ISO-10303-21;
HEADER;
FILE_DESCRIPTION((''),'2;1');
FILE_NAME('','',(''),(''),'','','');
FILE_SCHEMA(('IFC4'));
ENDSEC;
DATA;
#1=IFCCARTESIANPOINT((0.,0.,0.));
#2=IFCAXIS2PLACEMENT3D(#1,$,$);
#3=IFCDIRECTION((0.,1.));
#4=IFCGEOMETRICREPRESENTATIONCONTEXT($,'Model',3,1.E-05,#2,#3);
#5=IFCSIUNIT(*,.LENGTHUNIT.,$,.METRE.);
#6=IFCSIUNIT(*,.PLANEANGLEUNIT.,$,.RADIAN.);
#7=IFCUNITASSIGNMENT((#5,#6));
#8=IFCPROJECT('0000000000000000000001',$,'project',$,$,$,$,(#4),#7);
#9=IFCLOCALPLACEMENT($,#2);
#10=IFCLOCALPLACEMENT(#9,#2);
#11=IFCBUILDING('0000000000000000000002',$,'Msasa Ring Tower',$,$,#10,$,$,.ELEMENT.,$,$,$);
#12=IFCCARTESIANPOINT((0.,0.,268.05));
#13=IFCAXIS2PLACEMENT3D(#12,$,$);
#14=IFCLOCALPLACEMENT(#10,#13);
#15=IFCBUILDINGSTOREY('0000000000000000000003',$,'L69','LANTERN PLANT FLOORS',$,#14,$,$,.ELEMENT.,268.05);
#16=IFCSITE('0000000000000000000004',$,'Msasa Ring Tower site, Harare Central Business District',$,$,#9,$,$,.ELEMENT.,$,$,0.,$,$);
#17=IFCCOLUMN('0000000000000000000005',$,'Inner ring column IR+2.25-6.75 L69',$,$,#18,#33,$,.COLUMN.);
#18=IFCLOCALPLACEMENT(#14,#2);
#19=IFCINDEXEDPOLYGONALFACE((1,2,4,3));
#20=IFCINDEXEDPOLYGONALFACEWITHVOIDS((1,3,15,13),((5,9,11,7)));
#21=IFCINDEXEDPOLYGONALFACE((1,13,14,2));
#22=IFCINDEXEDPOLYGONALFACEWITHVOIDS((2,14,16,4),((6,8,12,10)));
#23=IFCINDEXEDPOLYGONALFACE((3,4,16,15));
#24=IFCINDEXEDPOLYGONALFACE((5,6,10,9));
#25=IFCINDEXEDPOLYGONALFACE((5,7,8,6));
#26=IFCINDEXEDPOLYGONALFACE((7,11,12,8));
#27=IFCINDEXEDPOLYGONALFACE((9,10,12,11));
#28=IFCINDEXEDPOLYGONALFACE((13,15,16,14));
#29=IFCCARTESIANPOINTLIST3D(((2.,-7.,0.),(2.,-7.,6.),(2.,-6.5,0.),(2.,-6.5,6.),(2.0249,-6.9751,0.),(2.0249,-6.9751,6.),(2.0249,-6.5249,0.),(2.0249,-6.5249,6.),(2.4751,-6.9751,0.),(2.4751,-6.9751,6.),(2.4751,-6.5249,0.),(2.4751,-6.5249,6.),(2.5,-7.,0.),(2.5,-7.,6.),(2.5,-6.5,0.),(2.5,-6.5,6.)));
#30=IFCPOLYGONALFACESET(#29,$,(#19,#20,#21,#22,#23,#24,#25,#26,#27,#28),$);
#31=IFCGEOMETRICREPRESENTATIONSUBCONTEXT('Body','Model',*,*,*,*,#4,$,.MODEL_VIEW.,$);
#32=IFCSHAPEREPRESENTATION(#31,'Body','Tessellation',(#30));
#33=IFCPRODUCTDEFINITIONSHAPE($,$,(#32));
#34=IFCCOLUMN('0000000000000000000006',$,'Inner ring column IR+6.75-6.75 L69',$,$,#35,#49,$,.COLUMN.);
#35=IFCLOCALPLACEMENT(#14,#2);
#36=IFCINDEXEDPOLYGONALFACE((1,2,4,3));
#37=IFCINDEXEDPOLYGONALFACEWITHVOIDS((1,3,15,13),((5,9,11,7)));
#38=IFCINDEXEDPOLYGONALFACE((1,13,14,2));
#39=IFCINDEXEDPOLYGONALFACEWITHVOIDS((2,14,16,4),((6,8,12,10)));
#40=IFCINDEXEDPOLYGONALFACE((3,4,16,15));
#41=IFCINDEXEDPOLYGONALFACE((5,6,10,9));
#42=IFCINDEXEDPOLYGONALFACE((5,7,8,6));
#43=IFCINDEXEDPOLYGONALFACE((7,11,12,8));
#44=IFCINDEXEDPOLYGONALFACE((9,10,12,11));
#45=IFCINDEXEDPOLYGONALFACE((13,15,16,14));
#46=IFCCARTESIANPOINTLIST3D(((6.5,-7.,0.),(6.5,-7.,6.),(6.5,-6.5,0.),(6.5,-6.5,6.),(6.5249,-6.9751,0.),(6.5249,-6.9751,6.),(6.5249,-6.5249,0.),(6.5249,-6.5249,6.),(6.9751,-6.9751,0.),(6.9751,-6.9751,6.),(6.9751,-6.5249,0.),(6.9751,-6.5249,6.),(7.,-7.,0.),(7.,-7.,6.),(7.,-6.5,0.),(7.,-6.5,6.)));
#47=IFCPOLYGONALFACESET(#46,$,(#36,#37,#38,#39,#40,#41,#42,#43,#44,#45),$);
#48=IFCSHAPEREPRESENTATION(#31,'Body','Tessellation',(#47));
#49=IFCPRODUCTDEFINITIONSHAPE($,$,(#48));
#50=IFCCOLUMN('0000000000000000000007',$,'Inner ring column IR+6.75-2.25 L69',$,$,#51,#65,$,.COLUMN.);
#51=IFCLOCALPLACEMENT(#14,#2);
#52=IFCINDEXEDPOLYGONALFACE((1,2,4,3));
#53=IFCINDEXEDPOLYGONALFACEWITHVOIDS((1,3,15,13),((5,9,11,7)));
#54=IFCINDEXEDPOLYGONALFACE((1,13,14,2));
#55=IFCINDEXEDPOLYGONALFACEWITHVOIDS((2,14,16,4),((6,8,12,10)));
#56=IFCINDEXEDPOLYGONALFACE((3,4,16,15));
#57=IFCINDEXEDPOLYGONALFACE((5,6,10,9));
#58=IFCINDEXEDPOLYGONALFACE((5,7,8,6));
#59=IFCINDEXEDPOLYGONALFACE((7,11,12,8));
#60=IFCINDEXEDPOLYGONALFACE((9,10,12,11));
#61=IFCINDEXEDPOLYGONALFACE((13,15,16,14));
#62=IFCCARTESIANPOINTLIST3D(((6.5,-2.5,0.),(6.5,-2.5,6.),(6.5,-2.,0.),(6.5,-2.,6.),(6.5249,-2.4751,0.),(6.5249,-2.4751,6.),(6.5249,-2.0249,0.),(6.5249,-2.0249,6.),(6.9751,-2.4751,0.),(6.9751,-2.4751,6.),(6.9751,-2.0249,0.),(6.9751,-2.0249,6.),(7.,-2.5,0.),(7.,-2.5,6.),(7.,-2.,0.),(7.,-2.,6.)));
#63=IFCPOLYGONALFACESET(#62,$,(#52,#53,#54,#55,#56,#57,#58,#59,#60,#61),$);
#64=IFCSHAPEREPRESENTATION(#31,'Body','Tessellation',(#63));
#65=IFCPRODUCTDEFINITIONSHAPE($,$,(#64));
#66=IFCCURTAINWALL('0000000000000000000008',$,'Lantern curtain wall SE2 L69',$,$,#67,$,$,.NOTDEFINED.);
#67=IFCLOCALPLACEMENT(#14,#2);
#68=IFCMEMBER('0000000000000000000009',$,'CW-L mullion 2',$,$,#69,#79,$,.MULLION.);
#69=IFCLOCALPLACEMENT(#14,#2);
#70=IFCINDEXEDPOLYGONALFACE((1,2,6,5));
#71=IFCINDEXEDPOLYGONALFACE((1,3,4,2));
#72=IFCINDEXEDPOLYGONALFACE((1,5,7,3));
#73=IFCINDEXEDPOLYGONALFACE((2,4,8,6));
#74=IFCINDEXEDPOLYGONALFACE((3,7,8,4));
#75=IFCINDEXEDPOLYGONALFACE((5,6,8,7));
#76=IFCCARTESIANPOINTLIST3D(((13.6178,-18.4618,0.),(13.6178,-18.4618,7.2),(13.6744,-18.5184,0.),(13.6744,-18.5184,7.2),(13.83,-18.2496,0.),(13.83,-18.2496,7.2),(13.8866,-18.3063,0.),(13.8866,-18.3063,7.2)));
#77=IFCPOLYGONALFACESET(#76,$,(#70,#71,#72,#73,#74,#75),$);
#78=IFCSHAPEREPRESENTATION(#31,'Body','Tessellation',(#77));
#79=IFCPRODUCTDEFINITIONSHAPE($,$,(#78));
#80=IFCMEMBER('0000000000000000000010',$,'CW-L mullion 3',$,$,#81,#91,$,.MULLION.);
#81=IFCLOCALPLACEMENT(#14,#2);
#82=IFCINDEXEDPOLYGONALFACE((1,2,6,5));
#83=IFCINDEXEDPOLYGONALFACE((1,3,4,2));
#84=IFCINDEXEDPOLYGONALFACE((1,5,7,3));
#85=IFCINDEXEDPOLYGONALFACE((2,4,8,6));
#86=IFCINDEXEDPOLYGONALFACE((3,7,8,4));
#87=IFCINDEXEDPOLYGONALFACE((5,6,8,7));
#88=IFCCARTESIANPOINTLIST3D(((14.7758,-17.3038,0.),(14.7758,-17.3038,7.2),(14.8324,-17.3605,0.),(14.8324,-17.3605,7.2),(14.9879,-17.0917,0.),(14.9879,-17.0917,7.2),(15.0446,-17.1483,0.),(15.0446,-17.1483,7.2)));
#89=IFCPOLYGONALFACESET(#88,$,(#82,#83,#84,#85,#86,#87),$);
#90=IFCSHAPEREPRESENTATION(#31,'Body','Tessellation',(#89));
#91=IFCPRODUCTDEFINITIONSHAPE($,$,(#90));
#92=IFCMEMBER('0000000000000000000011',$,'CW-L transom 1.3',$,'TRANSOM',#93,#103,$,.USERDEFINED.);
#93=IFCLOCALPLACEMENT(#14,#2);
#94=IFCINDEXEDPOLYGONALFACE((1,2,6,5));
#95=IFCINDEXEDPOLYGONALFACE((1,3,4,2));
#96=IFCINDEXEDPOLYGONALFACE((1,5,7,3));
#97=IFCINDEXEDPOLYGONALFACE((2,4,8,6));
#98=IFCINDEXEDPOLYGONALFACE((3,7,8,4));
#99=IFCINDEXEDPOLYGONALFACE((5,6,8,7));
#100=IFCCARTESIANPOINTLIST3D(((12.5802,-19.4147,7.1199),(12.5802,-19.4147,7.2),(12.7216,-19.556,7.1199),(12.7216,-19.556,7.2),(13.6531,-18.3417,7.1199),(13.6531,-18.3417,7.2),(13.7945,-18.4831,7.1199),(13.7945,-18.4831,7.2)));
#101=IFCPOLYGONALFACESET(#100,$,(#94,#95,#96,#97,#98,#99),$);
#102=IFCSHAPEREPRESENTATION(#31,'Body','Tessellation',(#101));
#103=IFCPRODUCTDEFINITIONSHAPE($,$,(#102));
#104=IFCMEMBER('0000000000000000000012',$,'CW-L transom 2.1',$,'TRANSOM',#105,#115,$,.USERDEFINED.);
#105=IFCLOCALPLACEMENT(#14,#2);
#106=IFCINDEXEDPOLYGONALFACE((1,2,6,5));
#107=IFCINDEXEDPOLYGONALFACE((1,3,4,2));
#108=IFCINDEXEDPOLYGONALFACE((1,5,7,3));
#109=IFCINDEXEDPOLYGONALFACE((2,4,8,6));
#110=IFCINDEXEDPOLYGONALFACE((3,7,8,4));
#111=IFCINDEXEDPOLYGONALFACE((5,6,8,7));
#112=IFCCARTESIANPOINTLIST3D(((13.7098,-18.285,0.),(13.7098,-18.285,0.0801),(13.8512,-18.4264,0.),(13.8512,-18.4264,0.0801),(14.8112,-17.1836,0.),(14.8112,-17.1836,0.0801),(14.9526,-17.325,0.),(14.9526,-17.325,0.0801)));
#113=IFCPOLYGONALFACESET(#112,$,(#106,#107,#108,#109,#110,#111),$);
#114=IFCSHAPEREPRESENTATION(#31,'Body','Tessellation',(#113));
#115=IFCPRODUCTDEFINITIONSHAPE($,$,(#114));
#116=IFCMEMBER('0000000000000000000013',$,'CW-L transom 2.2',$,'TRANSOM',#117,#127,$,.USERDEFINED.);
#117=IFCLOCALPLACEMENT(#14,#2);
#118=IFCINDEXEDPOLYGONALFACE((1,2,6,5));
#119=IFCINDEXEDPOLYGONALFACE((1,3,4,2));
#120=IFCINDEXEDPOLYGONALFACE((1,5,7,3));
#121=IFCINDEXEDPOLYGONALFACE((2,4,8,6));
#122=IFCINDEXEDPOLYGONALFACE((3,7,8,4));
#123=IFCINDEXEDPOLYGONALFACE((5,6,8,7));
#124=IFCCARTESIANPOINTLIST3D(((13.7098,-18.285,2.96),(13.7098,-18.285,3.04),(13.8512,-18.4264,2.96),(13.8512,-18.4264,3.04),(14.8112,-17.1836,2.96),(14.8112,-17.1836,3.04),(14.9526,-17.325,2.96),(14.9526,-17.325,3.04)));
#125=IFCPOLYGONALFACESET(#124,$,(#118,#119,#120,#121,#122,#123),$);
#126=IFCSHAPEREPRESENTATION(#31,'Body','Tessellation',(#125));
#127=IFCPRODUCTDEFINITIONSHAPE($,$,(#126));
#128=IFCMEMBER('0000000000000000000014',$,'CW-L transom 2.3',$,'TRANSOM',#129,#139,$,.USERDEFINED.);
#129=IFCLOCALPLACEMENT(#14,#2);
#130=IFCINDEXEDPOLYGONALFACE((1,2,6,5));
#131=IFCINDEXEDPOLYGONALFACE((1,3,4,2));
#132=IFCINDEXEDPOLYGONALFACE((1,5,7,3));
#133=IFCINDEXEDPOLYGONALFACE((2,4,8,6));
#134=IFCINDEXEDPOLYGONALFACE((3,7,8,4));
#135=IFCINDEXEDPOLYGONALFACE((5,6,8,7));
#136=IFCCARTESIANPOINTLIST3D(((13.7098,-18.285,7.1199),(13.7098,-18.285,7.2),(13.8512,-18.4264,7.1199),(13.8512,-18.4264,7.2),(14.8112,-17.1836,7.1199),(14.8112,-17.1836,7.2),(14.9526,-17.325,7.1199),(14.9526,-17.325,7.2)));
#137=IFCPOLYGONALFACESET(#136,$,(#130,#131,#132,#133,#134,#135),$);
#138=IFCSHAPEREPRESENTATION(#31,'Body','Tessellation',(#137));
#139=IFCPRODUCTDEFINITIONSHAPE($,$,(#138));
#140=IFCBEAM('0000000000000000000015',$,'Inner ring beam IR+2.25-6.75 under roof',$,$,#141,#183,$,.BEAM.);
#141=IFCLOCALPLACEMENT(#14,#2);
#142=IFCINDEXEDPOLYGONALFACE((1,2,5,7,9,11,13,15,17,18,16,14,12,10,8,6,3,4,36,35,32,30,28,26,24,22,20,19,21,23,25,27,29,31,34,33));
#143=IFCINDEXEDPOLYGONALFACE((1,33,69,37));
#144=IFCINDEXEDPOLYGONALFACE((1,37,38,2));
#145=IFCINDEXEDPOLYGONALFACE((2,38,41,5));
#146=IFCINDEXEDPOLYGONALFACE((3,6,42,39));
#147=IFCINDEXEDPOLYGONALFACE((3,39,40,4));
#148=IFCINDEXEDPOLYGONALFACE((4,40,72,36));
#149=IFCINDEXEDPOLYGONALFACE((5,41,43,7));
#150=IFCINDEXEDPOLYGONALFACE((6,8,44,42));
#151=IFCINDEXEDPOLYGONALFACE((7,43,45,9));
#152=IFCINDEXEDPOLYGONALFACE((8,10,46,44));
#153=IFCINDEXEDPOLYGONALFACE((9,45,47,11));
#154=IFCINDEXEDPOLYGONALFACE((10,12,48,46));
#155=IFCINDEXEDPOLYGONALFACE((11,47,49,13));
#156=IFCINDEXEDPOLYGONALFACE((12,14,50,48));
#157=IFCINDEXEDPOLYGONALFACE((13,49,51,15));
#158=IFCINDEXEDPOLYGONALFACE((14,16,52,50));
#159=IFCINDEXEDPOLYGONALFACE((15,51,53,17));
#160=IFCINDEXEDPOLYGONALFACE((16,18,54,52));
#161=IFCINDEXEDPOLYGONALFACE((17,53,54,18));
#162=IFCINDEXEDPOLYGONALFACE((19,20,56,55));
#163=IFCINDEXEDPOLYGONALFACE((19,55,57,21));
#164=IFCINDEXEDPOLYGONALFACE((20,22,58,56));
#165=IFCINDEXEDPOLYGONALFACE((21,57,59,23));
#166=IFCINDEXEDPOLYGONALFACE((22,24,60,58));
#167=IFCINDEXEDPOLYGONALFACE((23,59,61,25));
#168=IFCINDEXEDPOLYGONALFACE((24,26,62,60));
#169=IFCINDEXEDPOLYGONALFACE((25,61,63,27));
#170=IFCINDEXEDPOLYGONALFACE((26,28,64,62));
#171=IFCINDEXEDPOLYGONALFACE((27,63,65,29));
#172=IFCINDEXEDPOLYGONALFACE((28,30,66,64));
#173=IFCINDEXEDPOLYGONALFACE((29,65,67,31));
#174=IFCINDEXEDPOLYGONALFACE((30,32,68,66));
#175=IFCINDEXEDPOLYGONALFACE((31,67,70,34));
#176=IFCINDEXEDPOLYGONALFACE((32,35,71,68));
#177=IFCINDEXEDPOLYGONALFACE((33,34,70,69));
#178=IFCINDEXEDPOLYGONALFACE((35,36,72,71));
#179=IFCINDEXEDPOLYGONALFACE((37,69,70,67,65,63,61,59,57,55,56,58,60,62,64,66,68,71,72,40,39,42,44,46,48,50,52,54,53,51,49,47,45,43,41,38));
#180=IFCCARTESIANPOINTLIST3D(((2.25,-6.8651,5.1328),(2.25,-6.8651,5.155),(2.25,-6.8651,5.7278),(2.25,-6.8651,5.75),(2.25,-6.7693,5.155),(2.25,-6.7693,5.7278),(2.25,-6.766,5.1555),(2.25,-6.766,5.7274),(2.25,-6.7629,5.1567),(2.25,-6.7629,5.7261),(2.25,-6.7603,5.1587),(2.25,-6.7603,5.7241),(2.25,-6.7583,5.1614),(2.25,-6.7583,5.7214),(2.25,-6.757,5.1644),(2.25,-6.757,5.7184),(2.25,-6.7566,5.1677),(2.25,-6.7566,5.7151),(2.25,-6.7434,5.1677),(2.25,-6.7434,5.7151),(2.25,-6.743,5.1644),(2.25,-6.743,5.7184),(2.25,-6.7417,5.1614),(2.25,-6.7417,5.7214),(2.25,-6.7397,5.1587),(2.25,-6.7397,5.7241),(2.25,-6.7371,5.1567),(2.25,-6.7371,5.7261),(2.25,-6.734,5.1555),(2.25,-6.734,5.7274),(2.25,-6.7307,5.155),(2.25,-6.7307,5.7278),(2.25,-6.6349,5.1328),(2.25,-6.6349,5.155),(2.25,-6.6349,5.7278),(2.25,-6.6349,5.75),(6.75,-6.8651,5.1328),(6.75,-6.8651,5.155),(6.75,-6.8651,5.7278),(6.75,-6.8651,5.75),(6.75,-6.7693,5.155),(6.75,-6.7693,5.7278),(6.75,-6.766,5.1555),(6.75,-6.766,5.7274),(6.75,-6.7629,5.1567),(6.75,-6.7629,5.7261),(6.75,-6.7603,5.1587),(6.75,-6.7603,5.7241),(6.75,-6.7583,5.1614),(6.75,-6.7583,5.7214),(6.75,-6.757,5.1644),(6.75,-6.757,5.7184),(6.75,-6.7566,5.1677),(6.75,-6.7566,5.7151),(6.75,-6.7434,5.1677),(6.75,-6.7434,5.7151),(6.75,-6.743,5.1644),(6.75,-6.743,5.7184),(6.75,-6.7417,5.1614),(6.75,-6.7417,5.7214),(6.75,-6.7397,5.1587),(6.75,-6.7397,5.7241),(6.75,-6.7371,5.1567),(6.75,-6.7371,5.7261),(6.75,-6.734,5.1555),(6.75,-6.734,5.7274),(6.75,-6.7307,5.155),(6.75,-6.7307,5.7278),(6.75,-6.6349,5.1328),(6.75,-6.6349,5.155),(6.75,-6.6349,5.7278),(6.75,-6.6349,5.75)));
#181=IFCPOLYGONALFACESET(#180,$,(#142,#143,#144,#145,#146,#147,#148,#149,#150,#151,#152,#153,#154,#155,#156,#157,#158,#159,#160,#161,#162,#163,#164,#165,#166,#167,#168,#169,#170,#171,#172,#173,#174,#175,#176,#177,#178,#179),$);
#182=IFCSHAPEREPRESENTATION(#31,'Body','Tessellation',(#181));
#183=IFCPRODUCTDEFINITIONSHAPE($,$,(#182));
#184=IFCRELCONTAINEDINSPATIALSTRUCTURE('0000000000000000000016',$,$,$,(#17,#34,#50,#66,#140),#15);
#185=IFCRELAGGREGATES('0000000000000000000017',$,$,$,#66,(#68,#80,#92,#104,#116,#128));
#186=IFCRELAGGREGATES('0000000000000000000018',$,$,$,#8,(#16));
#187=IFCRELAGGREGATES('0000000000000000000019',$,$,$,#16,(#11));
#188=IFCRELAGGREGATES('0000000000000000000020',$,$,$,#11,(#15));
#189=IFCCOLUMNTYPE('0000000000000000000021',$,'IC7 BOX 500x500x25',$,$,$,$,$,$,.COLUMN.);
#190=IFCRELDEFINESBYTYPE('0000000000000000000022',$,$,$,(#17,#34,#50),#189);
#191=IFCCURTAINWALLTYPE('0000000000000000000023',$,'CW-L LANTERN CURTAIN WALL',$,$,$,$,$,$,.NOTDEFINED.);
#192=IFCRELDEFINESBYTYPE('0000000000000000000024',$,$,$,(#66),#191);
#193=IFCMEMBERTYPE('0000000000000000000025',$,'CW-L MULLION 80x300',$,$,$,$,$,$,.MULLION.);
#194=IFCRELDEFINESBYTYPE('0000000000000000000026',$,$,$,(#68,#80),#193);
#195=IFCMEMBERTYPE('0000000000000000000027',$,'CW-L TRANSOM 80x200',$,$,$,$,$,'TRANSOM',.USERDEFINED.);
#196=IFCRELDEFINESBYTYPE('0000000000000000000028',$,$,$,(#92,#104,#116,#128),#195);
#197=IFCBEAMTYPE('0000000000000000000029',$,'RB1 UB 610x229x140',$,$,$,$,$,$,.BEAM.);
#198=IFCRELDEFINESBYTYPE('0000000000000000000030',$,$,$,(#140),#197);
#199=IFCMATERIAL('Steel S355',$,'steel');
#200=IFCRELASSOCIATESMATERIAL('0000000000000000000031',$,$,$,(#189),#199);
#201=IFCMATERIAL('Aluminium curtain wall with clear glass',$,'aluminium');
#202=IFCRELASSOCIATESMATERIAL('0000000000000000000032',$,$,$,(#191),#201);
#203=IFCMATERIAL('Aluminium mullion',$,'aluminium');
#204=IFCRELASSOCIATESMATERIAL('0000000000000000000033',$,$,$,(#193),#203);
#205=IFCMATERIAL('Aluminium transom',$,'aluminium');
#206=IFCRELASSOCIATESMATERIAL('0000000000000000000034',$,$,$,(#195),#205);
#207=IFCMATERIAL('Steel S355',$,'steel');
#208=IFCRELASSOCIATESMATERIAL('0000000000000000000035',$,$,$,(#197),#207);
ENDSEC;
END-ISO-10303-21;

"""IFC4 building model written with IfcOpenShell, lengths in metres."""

from ifc_helpers import new_model, si_unit, direction, frame, origin, origin_2d, place, context, subcontext, project, spatial, rectangle, hollow_rectangle, i_section, extrude, material, material_profile, profile_set, type_object, element, aggregate, save


model = new_model("IFC4")

# Units and contexts
model_context = context("Model", 3, precision=1e-05, world=origin(), true_north=direction((0.0, 1.0)))
body_context = subcontext(model_context, "Body", "Model", "MODEL_VIEW")
ifc_project = project(units=[si_unit("LENGTHUNIT", "METRE"), si_unit("PLANEANGLEUNIT", "RADIAN")], contexts=[model_context])

# Site, building, storey
site_placement = place(None, origin())
site = spatial("IfcSite", under=ifc_project, at=site_placement, Name="Msasa Ring Tower site, Harare Central Business District", CompositionType="ELEMENT", RefElevation=0.0)
building_placement = place(site_placement, origin())
building = spatial("IfcBuilding", under=site, at=building_placement, Name="Msasa Ring Tower", CompositionType="ELEMENT")
storey_placement = place(building_placement, frame((0.0, 0.0, 268.05)))
storey = spatial("IfcBuildingStorey", under=building, at=storey_placement, Name="L69", Description="LANTERN PLANT FLOORS", CompositionType="ELEMENT", Elevation=268.05)

# Columns
ifc_material_1 = material(Name="Steel S355", Category="steel")
ifc_material_profile_1 = material_profile(ifc_material_1, hollow_rectangle(XDim=0.5, YDim=0.5, WallThickness=0.0249, at=origin_2d()), Name="BOX 500x500x25")
ifc_profile_set_1 = profile_set([ifc_material_profile_1], Name="Steel S355")
column_type = type_object("IfcColumnType", Name="IC7 BOX 500x500x25", PredefinedType="COLUMN", material=ifc_profile_set_1)
for number, where, z_axis, x_axis, name in (
    (1, (2.25, -6.75, 0.0), (0.0, 0.0, 1.0), (1.0, 0.0, 0.0), "Inner ring column IR+2.25-6.75 L69"),
    (2, (6.75, -6.75, 0.0), (0.0, 0.0, 1.0), (1.0, 0.0, 0.0), "Inner ring column IR+6.75-6.75 L69"),
    (3, (6.75, -2.25, 0.0), (0.0, 0.0, 1.0), (1.0, 0.0, 0.0), "Inner ring column IR+6.75-2.25 L69"),
):
    element("IfcColumn", number, at=place(storey_placement, frame(where, z_axis=z_axis, x_axis=x_axis)), inside=storey, type_object=column_type, Name=name, PredefinedType="COLUMN", context=body_context, shape_type="SweptSolid", body=[
        extrude(hollow_rectangle(XDim=0.5, YDim=0.5, WallThickness=0.0249, at=origin_2d()), origin(), (0.0, 0.0, 1.0), 6.0),
    ])

# Curtain wall, members
ifc_material_2 = material(Name="Aluminium curtain wall with clear glass", Category="aluminium")
curtain_wall_type = type_object("IfcCurtainWallType", Name="CW-L LANTERN CURTAIN WALL", PredefinedType="NOTDEFINED", material=ifc_material_2)
curtain_wall_placement = place(storey_placement, origin())
curtain_wall = element("IfcCurtainWall", 4, at=curtain_wall_placement, inside=storey, type_object=curtain_wall_type, Name="Lantern curtain wall SE2 L69", PredefinedType="NOTDEFINED")
ifc_material_3 = material(Name="Aluminium mullion", Category="aluminium")
ifc_material_profile_2 = material_profile(ifc_material_3, rectangle(XDim=0.0801, YDim=0.3, at=origin_2d()), Name="AL 80x300")
ifc_profile_set_2 = profile_set([ifc_material_profile_2], Name="Aluminium mullion")
member_type_1 = type_object("IfcMemberType", Name="CW-L MULLION 80x300", PredefinedType="MULLION", material=ifc_profile_set_2)
member_1_placement = place(storey_placement, frame((13.7522, -18.384, 0.0), z_axis=(0.0, 0.0, 1.0), x_axis=(-0.707097, 0.707117, 0.0)))
member_1 = element("IfcMember", 5, at=member_1_placement, type_object=member_type_1, Name="CW-L mullion 2", PredefinedType="MULLION", context=body_context, shape_type="SweptSolid", body=[
    extrude(rectangle(XDim=0.0801, YDim=0.3, at=origin_2d()), origin(), (0.0, 0.0, 1.0), 7.2),
])
member_2_placement = place(storey_placement, frame((14.9102, -17.2261, 0.0), z_axis=(0.0, 0.0, 1.0), x_axis=(-0.707097, 0.707117, 0.0)))
member_2 = element("IfcMember", 6, at=member_2_placement, type_object=member_type_1, Name="CW-L mullion 3", PredefinedType="MULLION", context=body_context, shape_type="SweptSolid", body=[
    extrude(rectangle(XDim=0.0801, YDim=0.3, at=origin_2d()), origin(), (0.0, 0.0, 1.0), 7.2),
])
ifc_material_4 = material(Name="Aluminium transom", Category="aluminium")
ifc_material_profile_3 = material_profile(ifc_material_4, rectangle(XDim=0.2, YDim=0.0801, at=origin_2d()), Name="AL 80x200")
ifc_profile_set_3 = profile_set([ifc_material_profile_3], Name="Aluminium transom")
member_type_2 = type_object("IfcMemberType", Name="CW-L TRANSOM 80x200", ElementType="TRANSOM", PredefinedType="USERDEFINED", material=ifc_profile_set_3)
member_3_placement = place(storey_placement, frame((12.6509, -19.4854, 7.1599), z_axis=(0.707107, 0.707107, 0.0), x_axis=(-0.707107, 0.707107, 0.0)))
member_3 = element("IfcMember", 7, at=member_3_placement, type_object=member_type_2, Name="CW-L transom 1.3", ObjectType="TRANSOM", PredefinedType="USERDEFINED", context=body_context, shape_type="SweptSolid", body=[
    extrude(rectangle(XDim=0.2, YDim=0.0801, at=origin_2d()), origin(), (0.0, 0.0, 1.0), 1.5173),
])
member_4_placement = place(storey_placement, frame((13.7805, -18.3557, 0.04), z_axis=(0.707107, 0.707107, 0.0), x_axis=(-0.707107, 0.707107, 0.0)))
member_4 = element("IfcMember", 8, at=member_4_placement, type_object=member_type_2, Name="CW-L transom 2.1", ObjectType="TRANSOM", PredefinedType="USERDEFINED", context=body_context, shape_type="SweptSolid", body=[
    extrude(rectangle(XDim=0.2, YDim=0.0801, at=origin_2d()), origin(), (0.0, 0.0, 1.0), 1.5576),
])
member_5_placement = place(storey_placement, frame((13.7805, -18.3557, 3.0), z_axis=(0.707107, 0.707107, 0.0), x_axis=(-0.707107, 0.707107, 0.0)))
member_5 = element("IfcMember", 9, at=member_5_placement, type_object=member_type_2, Name="CW-L transom 2.2", ObjectType="TRANSOM", PredefinedType="USERDEFINED", context=body_context, shape_type="SweptSolid", body=[
    extrude(rectangle(XDim=0.2, YDim=0.0801, at=origin_2d()), origin(), (0.0, 0.0, 1.0), 1.5576),
])
member_6_placement = place(storey_placement, frame((13.7805, -18.3557, 7.1599), z_axis=(0.707107, 0.707107, 0.0), x_axis=(-0.707107, 0.707107, 0.0)))
member_6 = element("IfcMember", 10, at=member_6_placement, type_object=member_type_2, Name="CW-L transom 2.3", ObjectType="TRANSOM", PredefinedType="USERDEFINED", context=body_context, shape_type="SweptSolid", body=[
    extrude(rectangle(XDim=0.2, YDim=0.0801, at=origin_2d()), origin(), (0.0, 0.0, 1.0), 1.5576),
])

# Beam
ifc_material_5 = material(Name="Steel S355", Category="steel")
ifc_material_profile_4 = material_profile(ifc_material_5, i_section(OverallWidth=0.2302, OverallDepth=0.6172, WebThickness=0.0132, FlangeThickness=0.0222, FilletRadius=0.0127, at=origin_2d()), Name="UB 610x229x140")
ifc_profile_set_4 = profile_set([ifc_material_profile_4], Name="Steel S355")
beam_type = type_object("IfcBeamType", Name="RB1 UB 610x229x140", PredefinedType="BEAM", material=ifc_profile_set_4)
for number, where, z_axis, x_axis, name in (
    (11, (2.25, -6.75, 5.4414), (1.0, 0.0, 0.0), (0.0, 1.0, 0.0), "Inner ring beam IR+2.25-6.75 under roof"),
):
    element("IfcBeam", number, at=place(storey_placement, frame(where, z_axis=z_axis, x_axis=x_axis)), inside=storey, type_object=beam_type, Name=name, PredefinedType="BEAM", context=body_context, shape_type="SweptSolid", body=[
        extrude(i_section(OverallWidth=0.2302, OverallDepth=0.6172, WebThickness=0.0132, FlangeThickness=0.0222, FilletRadius=0.0127, at=origin_2d()), origin(), (0.0, 0.0, 1.0), 4.5),
    ])

aggregate(curtain_wall, [member_1, member_2, member_3, member_4, member_5, member_6])

save(model, "model.ifc")
